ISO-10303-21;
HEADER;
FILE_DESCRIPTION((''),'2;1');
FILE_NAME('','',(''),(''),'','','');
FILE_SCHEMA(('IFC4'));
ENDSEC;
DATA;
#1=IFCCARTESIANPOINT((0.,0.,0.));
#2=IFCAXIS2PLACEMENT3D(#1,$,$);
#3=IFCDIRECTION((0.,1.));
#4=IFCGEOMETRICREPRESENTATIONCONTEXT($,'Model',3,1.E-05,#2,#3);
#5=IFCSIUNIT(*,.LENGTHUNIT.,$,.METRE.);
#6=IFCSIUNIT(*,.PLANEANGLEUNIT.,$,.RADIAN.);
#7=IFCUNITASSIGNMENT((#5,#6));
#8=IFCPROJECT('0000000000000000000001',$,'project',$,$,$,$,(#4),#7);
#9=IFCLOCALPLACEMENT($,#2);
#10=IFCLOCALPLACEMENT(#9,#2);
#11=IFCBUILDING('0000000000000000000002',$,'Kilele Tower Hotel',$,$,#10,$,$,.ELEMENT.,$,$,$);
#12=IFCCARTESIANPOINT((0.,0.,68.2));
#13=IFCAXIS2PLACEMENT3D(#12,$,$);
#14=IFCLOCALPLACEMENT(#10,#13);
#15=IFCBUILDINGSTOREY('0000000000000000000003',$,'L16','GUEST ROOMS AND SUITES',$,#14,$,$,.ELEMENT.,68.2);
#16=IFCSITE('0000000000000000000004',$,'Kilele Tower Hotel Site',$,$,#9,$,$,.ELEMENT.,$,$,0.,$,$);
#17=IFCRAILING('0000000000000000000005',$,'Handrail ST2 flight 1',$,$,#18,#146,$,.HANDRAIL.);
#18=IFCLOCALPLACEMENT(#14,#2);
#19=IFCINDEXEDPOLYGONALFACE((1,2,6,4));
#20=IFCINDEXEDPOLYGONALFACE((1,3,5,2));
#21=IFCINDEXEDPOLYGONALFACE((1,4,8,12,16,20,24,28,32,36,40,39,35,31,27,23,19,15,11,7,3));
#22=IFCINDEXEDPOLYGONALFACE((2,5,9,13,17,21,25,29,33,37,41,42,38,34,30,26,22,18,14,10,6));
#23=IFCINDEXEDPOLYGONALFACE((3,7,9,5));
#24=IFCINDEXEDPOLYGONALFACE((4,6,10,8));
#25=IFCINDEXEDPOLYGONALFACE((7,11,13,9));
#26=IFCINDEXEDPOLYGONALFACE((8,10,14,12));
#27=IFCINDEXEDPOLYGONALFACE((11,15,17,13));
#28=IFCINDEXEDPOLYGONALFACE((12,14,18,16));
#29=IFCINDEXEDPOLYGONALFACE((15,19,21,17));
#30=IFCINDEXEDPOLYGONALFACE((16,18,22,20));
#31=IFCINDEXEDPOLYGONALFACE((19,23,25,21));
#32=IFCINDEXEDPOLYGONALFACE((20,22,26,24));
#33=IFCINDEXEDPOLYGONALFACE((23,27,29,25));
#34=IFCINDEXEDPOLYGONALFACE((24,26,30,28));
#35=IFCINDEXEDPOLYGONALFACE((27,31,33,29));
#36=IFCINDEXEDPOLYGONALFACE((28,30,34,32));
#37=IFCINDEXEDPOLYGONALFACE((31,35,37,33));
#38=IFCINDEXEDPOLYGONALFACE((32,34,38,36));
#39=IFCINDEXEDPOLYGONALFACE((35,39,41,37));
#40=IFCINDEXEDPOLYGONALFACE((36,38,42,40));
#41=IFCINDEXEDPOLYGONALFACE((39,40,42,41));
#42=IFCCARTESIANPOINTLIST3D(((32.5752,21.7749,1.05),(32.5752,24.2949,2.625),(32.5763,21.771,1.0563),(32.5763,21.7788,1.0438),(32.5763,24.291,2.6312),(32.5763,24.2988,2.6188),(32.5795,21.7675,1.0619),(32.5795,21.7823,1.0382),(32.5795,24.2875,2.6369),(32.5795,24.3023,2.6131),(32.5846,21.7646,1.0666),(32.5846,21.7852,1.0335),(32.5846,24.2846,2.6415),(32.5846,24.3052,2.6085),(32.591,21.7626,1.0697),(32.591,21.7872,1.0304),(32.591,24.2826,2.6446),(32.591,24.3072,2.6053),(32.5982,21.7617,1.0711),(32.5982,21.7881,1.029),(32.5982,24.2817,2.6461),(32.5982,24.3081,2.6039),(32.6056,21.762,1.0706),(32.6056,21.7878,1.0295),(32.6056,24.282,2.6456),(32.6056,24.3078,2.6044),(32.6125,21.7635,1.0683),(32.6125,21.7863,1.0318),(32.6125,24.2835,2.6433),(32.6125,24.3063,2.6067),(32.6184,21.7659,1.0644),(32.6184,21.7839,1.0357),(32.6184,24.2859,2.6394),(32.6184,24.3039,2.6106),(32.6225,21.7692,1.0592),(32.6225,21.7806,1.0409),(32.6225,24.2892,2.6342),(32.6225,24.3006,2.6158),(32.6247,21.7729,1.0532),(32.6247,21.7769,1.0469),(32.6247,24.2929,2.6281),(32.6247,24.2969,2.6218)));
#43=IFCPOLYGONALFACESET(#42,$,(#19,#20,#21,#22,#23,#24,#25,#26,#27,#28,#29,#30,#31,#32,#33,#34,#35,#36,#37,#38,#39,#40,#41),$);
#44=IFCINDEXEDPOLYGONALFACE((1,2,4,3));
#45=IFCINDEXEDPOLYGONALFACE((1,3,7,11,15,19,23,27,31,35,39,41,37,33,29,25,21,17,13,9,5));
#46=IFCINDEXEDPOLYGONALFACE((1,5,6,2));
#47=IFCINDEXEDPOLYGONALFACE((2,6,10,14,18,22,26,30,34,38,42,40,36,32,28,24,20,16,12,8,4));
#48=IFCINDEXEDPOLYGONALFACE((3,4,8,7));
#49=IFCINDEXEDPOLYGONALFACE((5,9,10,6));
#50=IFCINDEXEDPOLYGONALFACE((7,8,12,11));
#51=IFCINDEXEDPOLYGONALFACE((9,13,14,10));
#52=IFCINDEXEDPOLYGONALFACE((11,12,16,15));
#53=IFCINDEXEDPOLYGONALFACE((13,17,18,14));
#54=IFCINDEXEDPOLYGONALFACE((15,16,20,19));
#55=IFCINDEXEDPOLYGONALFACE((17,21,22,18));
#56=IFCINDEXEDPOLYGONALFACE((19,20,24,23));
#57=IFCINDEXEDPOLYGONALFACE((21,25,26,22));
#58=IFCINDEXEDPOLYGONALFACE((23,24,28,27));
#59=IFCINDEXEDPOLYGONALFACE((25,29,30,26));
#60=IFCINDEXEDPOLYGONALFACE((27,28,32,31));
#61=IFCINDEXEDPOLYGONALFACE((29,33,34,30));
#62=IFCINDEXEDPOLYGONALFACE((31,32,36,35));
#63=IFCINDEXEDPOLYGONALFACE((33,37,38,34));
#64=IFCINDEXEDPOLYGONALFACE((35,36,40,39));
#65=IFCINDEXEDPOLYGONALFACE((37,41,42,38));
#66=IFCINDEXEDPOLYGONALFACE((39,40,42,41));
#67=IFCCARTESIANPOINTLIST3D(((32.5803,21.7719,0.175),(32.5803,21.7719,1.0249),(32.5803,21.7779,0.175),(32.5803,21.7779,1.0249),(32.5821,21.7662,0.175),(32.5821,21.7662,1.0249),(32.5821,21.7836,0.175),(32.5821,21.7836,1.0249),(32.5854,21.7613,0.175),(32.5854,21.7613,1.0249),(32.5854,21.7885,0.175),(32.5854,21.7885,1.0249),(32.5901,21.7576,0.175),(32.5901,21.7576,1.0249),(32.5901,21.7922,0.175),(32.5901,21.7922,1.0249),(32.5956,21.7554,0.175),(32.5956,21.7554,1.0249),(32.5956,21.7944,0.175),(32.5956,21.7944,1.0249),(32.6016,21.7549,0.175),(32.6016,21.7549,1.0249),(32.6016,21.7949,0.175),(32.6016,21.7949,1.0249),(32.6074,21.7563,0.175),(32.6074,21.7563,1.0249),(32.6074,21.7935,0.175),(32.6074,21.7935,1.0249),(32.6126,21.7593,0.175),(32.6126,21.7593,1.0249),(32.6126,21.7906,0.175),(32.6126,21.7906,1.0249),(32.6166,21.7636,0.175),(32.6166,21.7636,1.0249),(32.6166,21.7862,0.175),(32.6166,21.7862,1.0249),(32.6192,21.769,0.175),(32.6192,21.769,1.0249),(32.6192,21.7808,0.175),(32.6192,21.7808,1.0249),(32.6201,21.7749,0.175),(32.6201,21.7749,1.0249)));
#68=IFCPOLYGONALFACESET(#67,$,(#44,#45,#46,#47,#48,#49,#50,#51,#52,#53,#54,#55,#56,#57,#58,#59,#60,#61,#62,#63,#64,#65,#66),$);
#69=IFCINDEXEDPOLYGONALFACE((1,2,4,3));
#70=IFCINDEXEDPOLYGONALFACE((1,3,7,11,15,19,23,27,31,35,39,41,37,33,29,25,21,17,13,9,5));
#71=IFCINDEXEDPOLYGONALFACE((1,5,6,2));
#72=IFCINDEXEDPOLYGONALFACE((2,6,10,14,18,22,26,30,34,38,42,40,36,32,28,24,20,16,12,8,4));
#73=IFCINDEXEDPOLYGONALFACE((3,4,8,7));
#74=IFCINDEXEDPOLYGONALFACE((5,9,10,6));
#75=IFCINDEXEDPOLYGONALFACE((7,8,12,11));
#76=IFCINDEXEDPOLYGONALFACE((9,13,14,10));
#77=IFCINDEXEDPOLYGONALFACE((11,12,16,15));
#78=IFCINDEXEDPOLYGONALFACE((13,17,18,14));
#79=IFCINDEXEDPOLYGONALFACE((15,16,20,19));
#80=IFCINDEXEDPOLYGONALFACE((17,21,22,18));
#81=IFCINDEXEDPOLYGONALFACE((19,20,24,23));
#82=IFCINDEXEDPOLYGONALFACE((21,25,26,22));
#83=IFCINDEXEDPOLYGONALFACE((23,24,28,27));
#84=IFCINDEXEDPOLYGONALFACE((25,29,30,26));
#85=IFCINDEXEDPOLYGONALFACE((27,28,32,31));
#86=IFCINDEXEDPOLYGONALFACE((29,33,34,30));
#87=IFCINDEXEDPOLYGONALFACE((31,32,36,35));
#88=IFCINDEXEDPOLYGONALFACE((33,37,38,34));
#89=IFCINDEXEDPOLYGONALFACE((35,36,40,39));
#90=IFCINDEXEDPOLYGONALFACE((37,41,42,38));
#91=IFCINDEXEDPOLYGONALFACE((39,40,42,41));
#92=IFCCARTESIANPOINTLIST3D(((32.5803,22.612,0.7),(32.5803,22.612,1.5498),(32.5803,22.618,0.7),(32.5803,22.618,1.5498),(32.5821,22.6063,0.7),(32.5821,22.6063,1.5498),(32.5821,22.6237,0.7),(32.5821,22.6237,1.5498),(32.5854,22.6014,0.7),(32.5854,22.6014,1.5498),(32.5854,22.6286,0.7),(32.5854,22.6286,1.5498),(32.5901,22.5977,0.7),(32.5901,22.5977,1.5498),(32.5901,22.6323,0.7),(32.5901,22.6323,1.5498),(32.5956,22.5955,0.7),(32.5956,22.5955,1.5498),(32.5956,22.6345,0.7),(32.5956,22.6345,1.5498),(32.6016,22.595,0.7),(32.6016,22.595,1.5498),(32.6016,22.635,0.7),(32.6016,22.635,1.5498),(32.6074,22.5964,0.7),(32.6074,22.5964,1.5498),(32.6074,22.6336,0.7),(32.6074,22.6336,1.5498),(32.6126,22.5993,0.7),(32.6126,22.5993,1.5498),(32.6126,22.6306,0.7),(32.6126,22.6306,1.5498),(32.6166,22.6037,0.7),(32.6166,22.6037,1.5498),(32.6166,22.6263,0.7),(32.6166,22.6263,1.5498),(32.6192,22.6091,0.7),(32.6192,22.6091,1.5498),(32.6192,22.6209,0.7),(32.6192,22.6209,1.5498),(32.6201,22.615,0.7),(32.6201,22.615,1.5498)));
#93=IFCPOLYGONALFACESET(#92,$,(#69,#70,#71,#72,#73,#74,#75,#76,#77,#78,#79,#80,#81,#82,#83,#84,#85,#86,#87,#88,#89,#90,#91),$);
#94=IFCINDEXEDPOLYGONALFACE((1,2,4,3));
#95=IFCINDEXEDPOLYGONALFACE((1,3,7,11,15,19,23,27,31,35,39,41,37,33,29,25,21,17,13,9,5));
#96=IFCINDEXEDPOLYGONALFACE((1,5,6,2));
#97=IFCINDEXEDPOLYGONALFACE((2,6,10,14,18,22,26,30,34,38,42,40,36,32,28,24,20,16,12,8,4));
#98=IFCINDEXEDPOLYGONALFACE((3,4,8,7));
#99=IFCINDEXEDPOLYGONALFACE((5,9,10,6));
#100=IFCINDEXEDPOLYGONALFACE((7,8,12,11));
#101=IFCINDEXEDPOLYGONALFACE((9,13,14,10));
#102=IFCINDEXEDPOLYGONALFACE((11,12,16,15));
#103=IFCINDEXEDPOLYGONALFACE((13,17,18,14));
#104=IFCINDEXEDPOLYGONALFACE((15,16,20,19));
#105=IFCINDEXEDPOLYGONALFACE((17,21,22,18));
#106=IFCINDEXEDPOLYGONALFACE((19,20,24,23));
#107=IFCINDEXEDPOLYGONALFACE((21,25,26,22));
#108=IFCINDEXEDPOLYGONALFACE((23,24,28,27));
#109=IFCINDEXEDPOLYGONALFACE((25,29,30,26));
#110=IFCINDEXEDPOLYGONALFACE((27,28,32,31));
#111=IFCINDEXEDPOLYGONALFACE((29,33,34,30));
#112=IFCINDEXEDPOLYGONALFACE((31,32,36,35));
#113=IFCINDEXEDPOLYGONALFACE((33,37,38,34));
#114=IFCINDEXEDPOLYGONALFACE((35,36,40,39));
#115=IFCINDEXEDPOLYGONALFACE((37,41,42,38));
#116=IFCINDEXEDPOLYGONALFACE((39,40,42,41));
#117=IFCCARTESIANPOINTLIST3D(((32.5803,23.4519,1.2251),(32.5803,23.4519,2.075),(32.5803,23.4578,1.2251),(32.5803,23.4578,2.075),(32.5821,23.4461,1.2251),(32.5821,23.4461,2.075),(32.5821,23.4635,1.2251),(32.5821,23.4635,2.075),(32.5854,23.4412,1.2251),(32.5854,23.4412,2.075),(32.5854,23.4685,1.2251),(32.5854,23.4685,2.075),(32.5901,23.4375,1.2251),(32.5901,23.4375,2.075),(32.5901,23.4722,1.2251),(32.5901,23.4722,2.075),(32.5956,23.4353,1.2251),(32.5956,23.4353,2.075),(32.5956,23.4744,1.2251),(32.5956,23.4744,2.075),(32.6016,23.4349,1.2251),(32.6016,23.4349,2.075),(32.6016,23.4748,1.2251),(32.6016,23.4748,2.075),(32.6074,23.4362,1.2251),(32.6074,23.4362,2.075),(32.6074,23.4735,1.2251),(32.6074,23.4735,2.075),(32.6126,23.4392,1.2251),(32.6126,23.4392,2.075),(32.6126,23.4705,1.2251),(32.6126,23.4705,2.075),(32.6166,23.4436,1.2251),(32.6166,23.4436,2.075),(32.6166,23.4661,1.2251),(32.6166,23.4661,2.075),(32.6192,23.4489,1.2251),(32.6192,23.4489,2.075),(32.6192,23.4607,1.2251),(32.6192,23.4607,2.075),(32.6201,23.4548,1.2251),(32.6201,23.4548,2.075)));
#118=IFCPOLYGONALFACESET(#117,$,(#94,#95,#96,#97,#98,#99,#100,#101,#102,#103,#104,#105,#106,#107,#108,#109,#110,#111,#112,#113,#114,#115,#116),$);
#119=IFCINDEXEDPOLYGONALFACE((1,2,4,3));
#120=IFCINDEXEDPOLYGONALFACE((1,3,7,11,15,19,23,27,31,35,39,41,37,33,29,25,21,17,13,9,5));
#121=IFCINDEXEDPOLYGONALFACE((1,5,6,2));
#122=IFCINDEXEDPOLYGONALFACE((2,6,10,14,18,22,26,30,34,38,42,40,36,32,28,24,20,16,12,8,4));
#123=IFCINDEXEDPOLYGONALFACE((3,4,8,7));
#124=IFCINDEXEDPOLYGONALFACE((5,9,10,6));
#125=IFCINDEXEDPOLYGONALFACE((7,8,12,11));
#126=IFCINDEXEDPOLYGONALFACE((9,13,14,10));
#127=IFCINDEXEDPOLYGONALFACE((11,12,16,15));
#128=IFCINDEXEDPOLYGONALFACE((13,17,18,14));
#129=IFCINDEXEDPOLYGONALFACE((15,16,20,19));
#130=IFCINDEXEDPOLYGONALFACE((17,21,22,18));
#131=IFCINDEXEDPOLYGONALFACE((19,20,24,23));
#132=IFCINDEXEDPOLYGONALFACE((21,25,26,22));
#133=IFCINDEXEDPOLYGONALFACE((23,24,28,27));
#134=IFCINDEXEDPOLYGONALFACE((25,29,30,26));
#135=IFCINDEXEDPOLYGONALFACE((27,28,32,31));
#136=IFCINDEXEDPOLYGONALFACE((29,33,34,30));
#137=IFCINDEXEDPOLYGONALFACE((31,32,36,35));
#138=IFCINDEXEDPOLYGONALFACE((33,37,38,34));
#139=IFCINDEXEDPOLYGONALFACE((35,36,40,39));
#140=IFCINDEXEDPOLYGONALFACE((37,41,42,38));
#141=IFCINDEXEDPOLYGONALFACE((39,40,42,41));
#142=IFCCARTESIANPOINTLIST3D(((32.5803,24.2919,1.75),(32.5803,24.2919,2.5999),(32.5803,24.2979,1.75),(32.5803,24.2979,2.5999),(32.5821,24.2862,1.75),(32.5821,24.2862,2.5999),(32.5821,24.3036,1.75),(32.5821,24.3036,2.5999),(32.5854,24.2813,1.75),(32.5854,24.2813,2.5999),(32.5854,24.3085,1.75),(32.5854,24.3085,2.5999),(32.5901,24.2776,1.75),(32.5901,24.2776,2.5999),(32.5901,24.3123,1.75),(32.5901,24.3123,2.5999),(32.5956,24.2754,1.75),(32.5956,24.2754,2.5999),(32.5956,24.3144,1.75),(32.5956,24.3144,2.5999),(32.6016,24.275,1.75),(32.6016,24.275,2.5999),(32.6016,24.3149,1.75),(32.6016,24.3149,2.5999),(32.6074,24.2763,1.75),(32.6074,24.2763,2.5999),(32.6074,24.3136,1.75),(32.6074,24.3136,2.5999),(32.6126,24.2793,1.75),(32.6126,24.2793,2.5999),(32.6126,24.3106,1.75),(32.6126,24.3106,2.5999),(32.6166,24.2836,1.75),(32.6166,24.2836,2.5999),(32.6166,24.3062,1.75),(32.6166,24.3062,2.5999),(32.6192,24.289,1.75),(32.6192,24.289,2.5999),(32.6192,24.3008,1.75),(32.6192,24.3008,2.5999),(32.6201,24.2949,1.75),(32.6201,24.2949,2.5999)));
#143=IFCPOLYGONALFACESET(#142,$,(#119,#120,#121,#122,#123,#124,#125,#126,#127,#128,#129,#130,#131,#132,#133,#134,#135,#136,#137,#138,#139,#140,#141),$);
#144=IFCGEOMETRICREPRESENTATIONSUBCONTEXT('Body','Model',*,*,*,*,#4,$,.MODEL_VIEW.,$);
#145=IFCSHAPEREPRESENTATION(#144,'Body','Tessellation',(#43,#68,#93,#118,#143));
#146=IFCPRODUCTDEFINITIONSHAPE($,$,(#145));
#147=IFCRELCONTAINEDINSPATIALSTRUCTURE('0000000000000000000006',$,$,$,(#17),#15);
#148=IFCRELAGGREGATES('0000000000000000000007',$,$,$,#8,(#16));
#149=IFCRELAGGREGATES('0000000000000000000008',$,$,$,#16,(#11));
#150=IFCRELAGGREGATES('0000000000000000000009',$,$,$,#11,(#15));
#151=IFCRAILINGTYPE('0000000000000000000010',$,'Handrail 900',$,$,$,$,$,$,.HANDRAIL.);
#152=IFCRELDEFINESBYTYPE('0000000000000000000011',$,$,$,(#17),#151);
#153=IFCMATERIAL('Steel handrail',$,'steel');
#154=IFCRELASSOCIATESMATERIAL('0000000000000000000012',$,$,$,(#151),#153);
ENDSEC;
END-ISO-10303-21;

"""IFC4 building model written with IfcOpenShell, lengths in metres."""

from ifc_helpers import new_model, si_unit, direction, frame, origin, origin_2d, place, context, subcontext, project, spatial, circle, extrude, material, type_object, element, save


model = new_model("IFC4")

# Units and contexts
model_context = context("Model", 3, precision=1e-05, world=origin(), true_north=direction((0.0, 1.0)))
body_context = subcontext(model_context, "Body", "Model", "MODEL_VIEW")
ifc_project = project(units=[si_unit("LENGTHUNIT", "METRE"), si_unit("PLANEANGLEUNIT", "RADIAN")], contexts=[model_context])

# Site, building, storey
site_placement = place(None, origin())
site = spatial("IfcSite", under=ifc_project, at=site_placement, Name="Kilele Tower Hotel Site", CompositionType="ELEMENT", RefElevation=0.0)
building_placement = place(site_placement, origin())
building = spatial("IfcBuilding", under=site, at=building_placement, Name="Kilele Tower Hotel", CompositionType="ELEMENT")
storey_placement = place(building_placement, frame((0.0, 0.0, 68.2)))
storey = spatial("IfcBuildingStorey", under=building, at=storey_placement, Name="L16", Description="GUEST ROOMS AND SUITES", CompositionType="ELEMENT", Elevation=68.2)

# Railing
ifc_material_1 = material(Name="Steel handrail", Category="steel")
railing_type_1 = type_object("IfcRailingType", Name="Handrail 900", PredefinedType="HANDRAIL", material=ifc_material_1)
for number, where, name in (
    (1, (32.6001, 21.7749, 0.175), "Handrail ST2 flight 1"),
):
    element("IfcRailing", number, at=place(storey_placement, frame(where)), inside=storey, type_object=railing_type_1, Name=name, PredefinedType="HANDRAIL", context=body_context, shape_type="SweptSolid", body=[
        extrude(circle(Radius=0.0249, at=origin_2d()), frame((0.0, 0.0, 0.875), z_axis=(0.0, 0.848008, 0.529984), x_axis=(-1.0, 0.0, 0.0)), (0.0, 0.0, 1.0), 2.9717),
        extrude(circle(Radius=0.02, at=origin_2d()), origin(), (0.0, 0.0, 1.0), 0.8499),
        extrude(circle(Radius=0.02, at=origin_2d()), frame((0.0, 0.8401, 0.5249)), (0.0, 0.0, 1.0), 0.8499),
        extrude(circle(Radius=0.02, at=origin_2d()), frame((0.0, 1.6799, 1.05)), (0.0, 0.0, 1.0), 0.8499),
        extrude(circle(Radius=0.02, at=origin_2d()), frame((0.0, 2.52, 1.575)), (0.0, 0.0, 1.0), 0.8499),
    ])

save(model, "model.ifc")
